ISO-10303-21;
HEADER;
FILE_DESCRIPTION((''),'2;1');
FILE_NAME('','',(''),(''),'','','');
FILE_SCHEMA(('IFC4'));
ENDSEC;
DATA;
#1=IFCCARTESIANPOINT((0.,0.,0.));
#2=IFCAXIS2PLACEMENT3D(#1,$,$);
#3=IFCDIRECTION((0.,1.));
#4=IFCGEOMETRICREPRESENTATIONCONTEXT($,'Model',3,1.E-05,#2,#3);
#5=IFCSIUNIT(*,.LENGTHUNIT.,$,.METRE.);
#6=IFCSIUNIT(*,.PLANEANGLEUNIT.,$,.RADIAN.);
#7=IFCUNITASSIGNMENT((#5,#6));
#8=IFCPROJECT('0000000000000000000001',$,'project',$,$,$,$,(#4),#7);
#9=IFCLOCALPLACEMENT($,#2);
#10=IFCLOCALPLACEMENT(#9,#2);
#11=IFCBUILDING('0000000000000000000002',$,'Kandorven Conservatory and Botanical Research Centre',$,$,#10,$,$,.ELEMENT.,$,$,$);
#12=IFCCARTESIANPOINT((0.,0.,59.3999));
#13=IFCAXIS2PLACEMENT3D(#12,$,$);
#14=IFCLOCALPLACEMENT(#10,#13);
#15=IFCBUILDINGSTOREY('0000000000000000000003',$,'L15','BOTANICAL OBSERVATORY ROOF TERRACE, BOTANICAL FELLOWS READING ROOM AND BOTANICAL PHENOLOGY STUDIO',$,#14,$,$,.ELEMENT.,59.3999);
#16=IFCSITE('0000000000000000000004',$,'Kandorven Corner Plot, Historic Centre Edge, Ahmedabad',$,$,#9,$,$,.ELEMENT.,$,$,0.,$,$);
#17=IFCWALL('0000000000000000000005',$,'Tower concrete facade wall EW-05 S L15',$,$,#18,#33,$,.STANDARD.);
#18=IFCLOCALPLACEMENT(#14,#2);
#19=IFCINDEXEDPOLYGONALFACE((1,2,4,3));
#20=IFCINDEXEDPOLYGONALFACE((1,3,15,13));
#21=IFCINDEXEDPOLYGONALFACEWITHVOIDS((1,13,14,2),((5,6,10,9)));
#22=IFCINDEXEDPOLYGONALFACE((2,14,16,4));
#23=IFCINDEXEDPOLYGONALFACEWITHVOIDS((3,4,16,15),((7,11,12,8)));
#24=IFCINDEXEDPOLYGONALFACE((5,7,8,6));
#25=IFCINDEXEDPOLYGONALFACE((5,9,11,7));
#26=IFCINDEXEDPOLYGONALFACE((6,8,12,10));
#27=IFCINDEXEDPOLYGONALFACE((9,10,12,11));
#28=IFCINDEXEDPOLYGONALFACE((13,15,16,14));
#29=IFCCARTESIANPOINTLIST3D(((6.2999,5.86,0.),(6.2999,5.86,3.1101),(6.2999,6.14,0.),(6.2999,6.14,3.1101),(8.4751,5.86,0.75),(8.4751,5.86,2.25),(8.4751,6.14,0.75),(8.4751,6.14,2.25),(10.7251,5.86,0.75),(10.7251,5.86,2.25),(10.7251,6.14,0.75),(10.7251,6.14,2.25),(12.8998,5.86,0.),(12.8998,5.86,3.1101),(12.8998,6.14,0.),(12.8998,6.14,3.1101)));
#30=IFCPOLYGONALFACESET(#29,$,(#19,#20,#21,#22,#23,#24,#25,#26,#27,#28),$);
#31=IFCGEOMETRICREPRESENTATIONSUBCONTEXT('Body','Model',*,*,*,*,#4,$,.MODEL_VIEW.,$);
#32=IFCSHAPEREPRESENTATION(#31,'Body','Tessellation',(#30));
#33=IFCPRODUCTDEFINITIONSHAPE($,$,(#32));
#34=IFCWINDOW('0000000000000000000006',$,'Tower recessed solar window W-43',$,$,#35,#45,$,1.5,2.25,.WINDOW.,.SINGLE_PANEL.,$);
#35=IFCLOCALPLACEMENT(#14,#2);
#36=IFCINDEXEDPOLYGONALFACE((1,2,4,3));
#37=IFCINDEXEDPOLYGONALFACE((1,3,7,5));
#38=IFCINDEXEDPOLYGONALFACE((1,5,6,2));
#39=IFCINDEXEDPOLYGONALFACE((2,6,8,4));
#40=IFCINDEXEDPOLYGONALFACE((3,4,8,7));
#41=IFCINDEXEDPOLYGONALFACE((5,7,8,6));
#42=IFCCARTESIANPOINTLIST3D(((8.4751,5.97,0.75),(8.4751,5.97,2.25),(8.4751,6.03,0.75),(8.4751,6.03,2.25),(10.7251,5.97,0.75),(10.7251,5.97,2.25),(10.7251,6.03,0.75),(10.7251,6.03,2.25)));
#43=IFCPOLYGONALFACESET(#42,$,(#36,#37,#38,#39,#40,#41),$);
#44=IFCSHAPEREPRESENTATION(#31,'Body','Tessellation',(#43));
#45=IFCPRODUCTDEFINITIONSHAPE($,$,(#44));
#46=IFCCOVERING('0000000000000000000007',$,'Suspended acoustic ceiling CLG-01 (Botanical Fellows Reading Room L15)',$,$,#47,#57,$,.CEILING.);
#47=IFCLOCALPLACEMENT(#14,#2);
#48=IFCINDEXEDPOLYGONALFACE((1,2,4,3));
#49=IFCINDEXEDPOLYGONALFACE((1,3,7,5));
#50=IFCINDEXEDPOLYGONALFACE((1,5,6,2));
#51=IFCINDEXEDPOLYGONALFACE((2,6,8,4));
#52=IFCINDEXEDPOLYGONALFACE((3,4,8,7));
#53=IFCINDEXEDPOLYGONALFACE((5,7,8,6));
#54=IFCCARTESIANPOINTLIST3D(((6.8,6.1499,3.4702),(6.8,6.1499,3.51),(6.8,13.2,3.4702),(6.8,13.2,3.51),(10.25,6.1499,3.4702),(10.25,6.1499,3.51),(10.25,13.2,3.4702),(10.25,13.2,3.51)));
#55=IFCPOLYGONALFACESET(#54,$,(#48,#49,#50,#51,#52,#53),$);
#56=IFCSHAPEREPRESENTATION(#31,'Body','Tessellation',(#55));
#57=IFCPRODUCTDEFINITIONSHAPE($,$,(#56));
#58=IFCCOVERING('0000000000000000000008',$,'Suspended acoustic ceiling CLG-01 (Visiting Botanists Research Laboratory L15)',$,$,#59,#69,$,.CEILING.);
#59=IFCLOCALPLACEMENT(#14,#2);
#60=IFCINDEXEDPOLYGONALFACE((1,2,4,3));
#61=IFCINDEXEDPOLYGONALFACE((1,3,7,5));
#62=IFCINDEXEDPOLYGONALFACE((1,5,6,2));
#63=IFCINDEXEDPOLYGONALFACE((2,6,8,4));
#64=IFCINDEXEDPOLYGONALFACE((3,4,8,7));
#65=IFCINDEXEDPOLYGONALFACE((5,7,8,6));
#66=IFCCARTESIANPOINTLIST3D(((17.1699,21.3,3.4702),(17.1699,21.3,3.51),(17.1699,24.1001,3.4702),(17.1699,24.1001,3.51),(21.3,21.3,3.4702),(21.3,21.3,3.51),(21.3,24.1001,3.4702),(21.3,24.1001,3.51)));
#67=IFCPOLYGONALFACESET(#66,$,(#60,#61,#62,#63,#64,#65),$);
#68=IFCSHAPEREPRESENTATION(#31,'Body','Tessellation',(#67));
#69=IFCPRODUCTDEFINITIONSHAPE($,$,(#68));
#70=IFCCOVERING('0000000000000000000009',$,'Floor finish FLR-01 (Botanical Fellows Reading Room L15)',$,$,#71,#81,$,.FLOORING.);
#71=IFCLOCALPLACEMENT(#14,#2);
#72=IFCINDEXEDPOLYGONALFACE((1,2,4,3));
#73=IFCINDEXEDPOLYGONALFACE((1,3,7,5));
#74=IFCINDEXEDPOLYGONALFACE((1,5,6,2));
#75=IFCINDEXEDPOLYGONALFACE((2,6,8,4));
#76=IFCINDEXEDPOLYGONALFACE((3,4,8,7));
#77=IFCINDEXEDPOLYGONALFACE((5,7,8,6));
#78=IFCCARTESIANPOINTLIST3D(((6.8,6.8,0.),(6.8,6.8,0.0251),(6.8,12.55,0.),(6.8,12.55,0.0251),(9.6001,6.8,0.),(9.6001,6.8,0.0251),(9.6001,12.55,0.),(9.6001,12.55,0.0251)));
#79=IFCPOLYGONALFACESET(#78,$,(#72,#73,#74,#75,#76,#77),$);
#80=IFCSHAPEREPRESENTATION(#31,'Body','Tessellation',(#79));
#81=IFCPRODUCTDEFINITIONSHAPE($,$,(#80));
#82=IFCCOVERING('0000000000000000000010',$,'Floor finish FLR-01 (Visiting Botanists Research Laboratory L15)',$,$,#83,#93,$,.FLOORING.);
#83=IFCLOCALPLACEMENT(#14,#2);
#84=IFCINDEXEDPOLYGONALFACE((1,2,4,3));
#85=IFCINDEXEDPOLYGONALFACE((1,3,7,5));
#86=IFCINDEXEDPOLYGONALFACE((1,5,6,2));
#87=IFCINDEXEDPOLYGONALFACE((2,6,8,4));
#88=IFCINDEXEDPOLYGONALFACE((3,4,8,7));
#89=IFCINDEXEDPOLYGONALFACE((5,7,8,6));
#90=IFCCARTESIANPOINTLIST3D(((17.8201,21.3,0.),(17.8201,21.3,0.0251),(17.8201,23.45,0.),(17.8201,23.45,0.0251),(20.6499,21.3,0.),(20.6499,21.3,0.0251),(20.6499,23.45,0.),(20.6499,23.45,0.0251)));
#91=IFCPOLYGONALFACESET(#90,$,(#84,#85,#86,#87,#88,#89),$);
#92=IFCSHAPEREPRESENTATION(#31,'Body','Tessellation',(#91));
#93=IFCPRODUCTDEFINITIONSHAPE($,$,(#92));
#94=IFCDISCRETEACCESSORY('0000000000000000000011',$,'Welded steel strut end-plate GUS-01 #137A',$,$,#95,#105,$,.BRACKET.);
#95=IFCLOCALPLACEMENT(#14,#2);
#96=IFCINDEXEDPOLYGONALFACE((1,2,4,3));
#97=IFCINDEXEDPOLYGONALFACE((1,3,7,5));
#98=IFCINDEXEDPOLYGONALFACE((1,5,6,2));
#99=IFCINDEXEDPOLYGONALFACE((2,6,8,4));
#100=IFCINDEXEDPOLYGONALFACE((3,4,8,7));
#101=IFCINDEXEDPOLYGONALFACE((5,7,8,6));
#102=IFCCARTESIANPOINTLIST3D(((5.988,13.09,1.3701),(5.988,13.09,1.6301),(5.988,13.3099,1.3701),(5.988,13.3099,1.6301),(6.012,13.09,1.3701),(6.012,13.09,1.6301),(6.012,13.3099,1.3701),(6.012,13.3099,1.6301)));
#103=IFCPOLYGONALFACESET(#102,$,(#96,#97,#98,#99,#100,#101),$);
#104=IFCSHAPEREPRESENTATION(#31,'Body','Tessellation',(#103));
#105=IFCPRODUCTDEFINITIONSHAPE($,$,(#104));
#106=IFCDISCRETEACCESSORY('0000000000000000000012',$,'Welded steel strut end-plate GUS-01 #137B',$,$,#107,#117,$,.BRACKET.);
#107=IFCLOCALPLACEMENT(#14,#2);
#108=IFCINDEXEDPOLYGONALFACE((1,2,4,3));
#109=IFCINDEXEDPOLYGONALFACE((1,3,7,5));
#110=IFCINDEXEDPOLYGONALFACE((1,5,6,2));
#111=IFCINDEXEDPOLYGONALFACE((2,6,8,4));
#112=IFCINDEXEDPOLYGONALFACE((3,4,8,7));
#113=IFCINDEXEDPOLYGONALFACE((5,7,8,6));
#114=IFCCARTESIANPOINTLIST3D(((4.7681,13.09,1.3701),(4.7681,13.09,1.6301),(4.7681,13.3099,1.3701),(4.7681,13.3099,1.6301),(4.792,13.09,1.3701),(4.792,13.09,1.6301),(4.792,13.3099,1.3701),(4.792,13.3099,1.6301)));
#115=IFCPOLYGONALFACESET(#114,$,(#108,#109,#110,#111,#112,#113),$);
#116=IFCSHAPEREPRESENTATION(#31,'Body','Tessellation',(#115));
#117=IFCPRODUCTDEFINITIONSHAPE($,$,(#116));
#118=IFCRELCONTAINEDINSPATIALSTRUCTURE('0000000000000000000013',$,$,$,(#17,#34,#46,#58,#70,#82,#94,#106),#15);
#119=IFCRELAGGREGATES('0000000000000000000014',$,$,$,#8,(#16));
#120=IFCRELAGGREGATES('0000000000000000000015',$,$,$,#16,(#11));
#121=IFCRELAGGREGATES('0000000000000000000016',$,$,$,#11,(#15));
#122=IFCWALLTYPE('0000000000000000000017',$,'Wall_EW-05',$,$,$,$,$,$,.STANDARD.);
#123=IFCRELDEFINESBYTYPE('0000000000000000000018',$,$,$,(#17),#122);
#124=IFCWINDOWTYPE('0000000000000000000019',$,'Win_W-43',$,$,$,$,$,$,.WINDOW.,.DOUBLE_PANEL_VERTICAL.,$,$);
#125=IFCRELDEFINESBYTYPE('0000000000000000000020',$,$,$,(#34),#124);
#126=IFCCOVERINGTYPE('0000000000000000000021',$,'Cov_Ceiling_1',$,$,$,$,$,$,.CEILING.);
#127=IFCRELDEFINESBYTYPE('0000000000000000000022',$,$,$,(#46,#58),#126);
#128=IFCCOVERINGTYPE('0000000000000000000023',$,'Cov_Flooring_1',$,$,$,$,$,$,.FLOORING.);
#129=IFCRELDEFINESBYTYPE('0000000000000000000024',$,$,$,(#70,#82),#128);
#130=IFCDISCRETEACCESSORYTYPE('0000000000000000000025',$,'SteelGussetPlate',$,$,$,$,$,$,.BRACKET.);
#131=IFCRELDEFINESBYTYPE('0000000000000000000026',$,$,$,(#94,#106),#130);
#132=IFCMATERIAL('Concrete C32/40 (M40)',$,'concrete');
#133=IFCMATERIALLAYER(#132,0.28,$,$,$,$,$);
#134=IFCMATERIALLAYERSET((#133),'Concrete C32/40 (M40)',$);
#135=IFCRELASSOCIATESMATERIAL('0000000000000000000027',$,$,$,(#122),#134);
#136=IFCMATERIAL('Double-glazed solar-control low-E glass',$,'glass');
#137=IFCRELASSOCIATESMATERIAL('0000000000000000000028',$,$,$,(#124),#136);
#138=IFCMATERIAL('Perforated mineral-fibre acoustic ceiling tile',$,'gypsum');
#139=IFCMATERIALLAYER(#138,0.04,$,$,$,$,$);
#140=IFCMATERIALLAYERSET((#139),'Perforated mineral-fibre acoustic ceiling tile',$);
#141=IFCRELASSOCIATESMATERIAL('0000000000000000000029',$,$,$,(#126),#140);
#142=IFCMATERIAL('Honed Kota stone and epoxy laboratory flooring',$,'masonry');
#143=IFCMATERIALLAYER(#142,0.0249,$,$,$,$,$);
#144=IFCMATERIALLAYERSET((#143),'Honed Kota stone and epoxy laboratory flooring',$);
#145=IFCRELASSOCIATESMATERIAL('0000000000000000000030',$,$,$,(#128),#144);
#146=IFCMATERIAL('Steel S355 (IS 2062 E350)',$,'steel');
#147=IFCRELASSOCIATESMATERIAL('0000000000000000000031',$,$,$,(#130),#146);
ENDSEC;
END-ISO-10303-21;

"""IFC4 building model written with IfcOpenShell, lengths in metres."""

from ifc_helpers import new_model, si_unit, direction, frame, frame_2d, origin, origin_2d, place, context, subcontext, project, spatial, polyline, rectangle, outline, extrude, material, layer, layer_set, type_object, element, fill, save


model = new_model("IFC4")

# Units and contexts
model_context = context("Model", 3, precision=1e-05, world=origin(), true_north=direction((0.0, 1.0)))
body_context = subcontext(model_context, "Body", "Model", "MODEL_VIEW")
ifc_project = project(units=[si_unit("LENGTHUNIT", "METRE"), si_unit("PLANEANGLEUNIT", "RADIAN")], contexts=[model_context])

# Site, building, storey
site_placement = place(None, origin())
site = spatial("IfcSite", under=ifc_project, at=site_placement, Name="Kandorven Corner Plot, Historic Centre Edge, Ahmedabad", CompositionType="ELEMENT", RefElevation=0.0)
building_placement = place(site_placement, origin())
building = spatial("IfcBuilding", under=site, at=building_placement, Name="Kandorven Conservatory and Botanical Research Centre", CompositionType="ELEMENT")
storey_placement = place(building_placement, frame((0.0, 0.0, 59.3999)))
storey = spatial("IfcBuildingStorey", under=building, at=storey_placement, Name="L15", Description="BOTANICAL OBSERVATORY ROOF TERRACE, BOTANICAL FELLOWS READING ROOM AND BOTANICAL PHENOLOGY STUDIO", CompositionType="ELEMENT", Elevation=59.3999)

# Wall, opening, window
ifc_material_1 = material(Name="Concrete C32/40 (M40)", Category="concrete")
ifc_layer_1 = layer(ifc_material_1, 0.28)
ifc_layer_set_1 = layer_set([ifc_layer_1], Name="Concrete C32/40 (M40)")
wall_type_1 = type_object("IfcWallType", Name="Wall_EW-05", PredefinedType="STANDARD", material=ifc_layer_set_1)
wall_1_placement = place(storey_placement, frame((6.3, 6.0, 0.0), z_axis=(0.0, 0.0, 1.0), x_axis=(1.0, 0.0, 0.0)))
wall_1 = element("IfcWall", 1, at=wall_1_placement, inside=storey, type_object=wall_type_1, Name="Tower concrete facade wall EW-05 S L15", PredefinedType="STANDARD", context=body_context, shape_type="SweptSolid", body=[
    extrude(rectangle(XDim=6.5999, YDim=0.28, at=frame_2d((3.2998, 0.0))), origin(), (0.0, 0.0, 1.0), 3.1101),
])
opening_1_placement = place(wall_1_placement, frame((2.175, 0.0, 0.75)))
opening_1 = element("IfcOpeningElement", 2, at=opening_1_placement, cuts=wall_1, PredefinedType="OPENING", context=body_context, shape_type="SweptSolid", body=[
    extrude(rectangle(XDim=2.25, YDim=1.5, at=frame_2d((1.125, 0.75))), frame((0.0, 0.1499, 0.0), z_axis=(0.0, -1.0, 0.0), x_axis=(1.0, 0.0, 0.0)), (0.0, 0.0, 1.0), 0.3),
])
ifc_material_2 = material(Name="Double-glazed solar-control low-E glass", Category="glass")
window_type_1 = type_object("IfcWindowType", Name="Win_W-43", PartitioningType="DOUBLE_PANEL_VERTICAL", PredefinedType="WINDOW", material=ifc_material_2)
window_1_placement = place(opening_1_placement, origin())
window_1 = element("IfcWindow", 3, at=window_1_placement, inside=storey, type_object=window_type_1, Name="Tower recessed solar window W-43", OverallHeight=1.5, OverallWidth=2.25, PartitioningType="SINGLE_PANEL", PredefinedType="WINDOW", context=body_context, shape_type="SweptSolid", body=[
    extrude(rectangle(XDim=2.25, YDim=1.5, at=frame_2d((1.125, 0.75))), frame((0.0, 0.03, 0.0), z_axis=(0.0, -1.0, 0.0), x_axis=(1.0, 0.0, 0.0)), (0.0, 0.0, 1.0), 0.0601),
])
fill(opening_1, window_1)

# Coverings
ifc_material_3 = material(Name="Perforated mineral-fibre acoustic ceiling tile", Category="gypsum")
ifc_layer_2 = layer(ifc_material_3, 0.04)
ifc_layer_set_2 = layer_set([ifc_layer_2], Name="Perforated mineral-fibre acoustic ceiling tile")
covering_type_1 = type_object("IfcCoveringType", Name="Cov_Ceiling_1", PredefinedType="CEILING", material=ifc_layer_set_2)
covering_1_placement = place(storey_placement, frame((0.0, 0.0, 3.4702)))
element("IfcCovering", 4, at=covering_1_placement, inside=storey, type_object=covering_type_1, Name="Suspended acoustic ceiling CLG-01 (Botanical Fellows Reading Room L15)", PredefinedType="CEILING", context=body_context, shape_type="SweptSolid", body=[
    extrude(outline(polyline([(6.8, 6.1499), (10.25, 6.1499), (10.25, 13.2), (6.8, 13.2), (6.8, 6.1499)])), origin(), (0.0, 0.0, 1.0), 0.0398),
])
covering_2_placement = place(storey_placement, frame((0.0, 0.0, 3.4702)))
element("IfcCovering", 5, at=covering_2_placement, inside=storey, type_object=covering_type_1, Name="Suspended acoustic ceiling CLG-01 (Visiting Botanists Research Laboratory L15)", PredefinedType="CEILING", context=body_context, shape_type="SweptSolid", body=[
    extrude(outline(polyline([(17.1699, 21.3), (21.3, 21.3), (21.3, 24.1001), (17.1699, 24.1001), (17.1699, 21.3)])), origin(), (0.0, 0.0, 1.0), 0.0398),
])
ifc_material_4 = material(Name="Honed Kota stone and epoxy laboratory flooring", Category="masonry")
ifc_layer_3 = layer(ifc_material_4, 0.0249)
ifc_layer_set_3 = layer_set([ifc_layer_3], Name="Honed Kota stone and epoxy laboratory flooring")
covering_type_2 = type_object("IfcCoveringType", Name="Cov_Flooring_1", PredefinedType="FLOORING", material=ifc_layer_set_3)
covering_3_placement = place(storey_placement, origin())
element("IfcCovering", 6, at=covering_3_placement, inside=storey, type_object=covering_type_2, Name="Floor finish FLR-01 (Botanical Fellows Reading Room L15)", PredefinedType="FLOORING", context=body_context, shape_type="SweptSolid", body=[
    extrude(outline(polyline([(6.8, 6.8), (9.6001, 6.8), (9.6001, 12.55), (6.8, 12.55), (6.8, 6.8)])), origin(), (0.0, 0.0, 1.0), 0.0251),
])
covering_4_placement = place(storey_placement, origin())
element("IfcCovering", 7, at=covering_4_placement, inside=storey, type_object=covering_type_2, Name="Floor finish FLR-01 (Visiting Botanists Research Laboratory L15)", PredefinedType="FLOORING", context=body_context, shape_type="SweptSolid", body=[
    extrude(outline(polyline([(17.8201, 21.3), (20.6499, 21.3), (20.6499, 23.45), (17.8201, 23.45), (17.8201, 21.3)])), origin(), (0.0, 0.0, 1.0), 0.0251),
])

# Discrete accessories
ifc_material_5 = material(Name="Steel S355 (IS 2062 E350)", Category="steel")
discrete_accessory_type = type_object("IfcDiscreteAccessoryType", Name="SteelGussetPlate", PredefinedType="BRACKET", material=ifc_material_5)
for number, where, z_axis, x_axis, name in (
    (8, (6.0, 13.2, 1.3701), (0.0, 0.0, 1.0), (1.0, 0.0, 0.0), "Welded steel strut end-plate GUS-01 #137A"),
    (9, (4.78, 13.2, 1.3701), (0.0, 0.0, 1.0), (1.0, 0.0, 0.0), "Welded steel strut end-plate GUS-01 #137B"),
):
    element("IfcDiscreteAccessory", number, at=place(storey_placement, frame(where, z_axis=z_axis, x_axis=x_axis)), inside=storey, type_object=discrete_accessory_type, Name=name, PredefinedType="BRACKET", context=body_context, shape_type="SweptSolid", body=[
        extrude(rectangle(XDim=0.0239, YDim=0.22, at=origin_2d()), origin(), (0.0, 0.0, 1.0), 0.26),
    ])

save(model, "model.ifc")
